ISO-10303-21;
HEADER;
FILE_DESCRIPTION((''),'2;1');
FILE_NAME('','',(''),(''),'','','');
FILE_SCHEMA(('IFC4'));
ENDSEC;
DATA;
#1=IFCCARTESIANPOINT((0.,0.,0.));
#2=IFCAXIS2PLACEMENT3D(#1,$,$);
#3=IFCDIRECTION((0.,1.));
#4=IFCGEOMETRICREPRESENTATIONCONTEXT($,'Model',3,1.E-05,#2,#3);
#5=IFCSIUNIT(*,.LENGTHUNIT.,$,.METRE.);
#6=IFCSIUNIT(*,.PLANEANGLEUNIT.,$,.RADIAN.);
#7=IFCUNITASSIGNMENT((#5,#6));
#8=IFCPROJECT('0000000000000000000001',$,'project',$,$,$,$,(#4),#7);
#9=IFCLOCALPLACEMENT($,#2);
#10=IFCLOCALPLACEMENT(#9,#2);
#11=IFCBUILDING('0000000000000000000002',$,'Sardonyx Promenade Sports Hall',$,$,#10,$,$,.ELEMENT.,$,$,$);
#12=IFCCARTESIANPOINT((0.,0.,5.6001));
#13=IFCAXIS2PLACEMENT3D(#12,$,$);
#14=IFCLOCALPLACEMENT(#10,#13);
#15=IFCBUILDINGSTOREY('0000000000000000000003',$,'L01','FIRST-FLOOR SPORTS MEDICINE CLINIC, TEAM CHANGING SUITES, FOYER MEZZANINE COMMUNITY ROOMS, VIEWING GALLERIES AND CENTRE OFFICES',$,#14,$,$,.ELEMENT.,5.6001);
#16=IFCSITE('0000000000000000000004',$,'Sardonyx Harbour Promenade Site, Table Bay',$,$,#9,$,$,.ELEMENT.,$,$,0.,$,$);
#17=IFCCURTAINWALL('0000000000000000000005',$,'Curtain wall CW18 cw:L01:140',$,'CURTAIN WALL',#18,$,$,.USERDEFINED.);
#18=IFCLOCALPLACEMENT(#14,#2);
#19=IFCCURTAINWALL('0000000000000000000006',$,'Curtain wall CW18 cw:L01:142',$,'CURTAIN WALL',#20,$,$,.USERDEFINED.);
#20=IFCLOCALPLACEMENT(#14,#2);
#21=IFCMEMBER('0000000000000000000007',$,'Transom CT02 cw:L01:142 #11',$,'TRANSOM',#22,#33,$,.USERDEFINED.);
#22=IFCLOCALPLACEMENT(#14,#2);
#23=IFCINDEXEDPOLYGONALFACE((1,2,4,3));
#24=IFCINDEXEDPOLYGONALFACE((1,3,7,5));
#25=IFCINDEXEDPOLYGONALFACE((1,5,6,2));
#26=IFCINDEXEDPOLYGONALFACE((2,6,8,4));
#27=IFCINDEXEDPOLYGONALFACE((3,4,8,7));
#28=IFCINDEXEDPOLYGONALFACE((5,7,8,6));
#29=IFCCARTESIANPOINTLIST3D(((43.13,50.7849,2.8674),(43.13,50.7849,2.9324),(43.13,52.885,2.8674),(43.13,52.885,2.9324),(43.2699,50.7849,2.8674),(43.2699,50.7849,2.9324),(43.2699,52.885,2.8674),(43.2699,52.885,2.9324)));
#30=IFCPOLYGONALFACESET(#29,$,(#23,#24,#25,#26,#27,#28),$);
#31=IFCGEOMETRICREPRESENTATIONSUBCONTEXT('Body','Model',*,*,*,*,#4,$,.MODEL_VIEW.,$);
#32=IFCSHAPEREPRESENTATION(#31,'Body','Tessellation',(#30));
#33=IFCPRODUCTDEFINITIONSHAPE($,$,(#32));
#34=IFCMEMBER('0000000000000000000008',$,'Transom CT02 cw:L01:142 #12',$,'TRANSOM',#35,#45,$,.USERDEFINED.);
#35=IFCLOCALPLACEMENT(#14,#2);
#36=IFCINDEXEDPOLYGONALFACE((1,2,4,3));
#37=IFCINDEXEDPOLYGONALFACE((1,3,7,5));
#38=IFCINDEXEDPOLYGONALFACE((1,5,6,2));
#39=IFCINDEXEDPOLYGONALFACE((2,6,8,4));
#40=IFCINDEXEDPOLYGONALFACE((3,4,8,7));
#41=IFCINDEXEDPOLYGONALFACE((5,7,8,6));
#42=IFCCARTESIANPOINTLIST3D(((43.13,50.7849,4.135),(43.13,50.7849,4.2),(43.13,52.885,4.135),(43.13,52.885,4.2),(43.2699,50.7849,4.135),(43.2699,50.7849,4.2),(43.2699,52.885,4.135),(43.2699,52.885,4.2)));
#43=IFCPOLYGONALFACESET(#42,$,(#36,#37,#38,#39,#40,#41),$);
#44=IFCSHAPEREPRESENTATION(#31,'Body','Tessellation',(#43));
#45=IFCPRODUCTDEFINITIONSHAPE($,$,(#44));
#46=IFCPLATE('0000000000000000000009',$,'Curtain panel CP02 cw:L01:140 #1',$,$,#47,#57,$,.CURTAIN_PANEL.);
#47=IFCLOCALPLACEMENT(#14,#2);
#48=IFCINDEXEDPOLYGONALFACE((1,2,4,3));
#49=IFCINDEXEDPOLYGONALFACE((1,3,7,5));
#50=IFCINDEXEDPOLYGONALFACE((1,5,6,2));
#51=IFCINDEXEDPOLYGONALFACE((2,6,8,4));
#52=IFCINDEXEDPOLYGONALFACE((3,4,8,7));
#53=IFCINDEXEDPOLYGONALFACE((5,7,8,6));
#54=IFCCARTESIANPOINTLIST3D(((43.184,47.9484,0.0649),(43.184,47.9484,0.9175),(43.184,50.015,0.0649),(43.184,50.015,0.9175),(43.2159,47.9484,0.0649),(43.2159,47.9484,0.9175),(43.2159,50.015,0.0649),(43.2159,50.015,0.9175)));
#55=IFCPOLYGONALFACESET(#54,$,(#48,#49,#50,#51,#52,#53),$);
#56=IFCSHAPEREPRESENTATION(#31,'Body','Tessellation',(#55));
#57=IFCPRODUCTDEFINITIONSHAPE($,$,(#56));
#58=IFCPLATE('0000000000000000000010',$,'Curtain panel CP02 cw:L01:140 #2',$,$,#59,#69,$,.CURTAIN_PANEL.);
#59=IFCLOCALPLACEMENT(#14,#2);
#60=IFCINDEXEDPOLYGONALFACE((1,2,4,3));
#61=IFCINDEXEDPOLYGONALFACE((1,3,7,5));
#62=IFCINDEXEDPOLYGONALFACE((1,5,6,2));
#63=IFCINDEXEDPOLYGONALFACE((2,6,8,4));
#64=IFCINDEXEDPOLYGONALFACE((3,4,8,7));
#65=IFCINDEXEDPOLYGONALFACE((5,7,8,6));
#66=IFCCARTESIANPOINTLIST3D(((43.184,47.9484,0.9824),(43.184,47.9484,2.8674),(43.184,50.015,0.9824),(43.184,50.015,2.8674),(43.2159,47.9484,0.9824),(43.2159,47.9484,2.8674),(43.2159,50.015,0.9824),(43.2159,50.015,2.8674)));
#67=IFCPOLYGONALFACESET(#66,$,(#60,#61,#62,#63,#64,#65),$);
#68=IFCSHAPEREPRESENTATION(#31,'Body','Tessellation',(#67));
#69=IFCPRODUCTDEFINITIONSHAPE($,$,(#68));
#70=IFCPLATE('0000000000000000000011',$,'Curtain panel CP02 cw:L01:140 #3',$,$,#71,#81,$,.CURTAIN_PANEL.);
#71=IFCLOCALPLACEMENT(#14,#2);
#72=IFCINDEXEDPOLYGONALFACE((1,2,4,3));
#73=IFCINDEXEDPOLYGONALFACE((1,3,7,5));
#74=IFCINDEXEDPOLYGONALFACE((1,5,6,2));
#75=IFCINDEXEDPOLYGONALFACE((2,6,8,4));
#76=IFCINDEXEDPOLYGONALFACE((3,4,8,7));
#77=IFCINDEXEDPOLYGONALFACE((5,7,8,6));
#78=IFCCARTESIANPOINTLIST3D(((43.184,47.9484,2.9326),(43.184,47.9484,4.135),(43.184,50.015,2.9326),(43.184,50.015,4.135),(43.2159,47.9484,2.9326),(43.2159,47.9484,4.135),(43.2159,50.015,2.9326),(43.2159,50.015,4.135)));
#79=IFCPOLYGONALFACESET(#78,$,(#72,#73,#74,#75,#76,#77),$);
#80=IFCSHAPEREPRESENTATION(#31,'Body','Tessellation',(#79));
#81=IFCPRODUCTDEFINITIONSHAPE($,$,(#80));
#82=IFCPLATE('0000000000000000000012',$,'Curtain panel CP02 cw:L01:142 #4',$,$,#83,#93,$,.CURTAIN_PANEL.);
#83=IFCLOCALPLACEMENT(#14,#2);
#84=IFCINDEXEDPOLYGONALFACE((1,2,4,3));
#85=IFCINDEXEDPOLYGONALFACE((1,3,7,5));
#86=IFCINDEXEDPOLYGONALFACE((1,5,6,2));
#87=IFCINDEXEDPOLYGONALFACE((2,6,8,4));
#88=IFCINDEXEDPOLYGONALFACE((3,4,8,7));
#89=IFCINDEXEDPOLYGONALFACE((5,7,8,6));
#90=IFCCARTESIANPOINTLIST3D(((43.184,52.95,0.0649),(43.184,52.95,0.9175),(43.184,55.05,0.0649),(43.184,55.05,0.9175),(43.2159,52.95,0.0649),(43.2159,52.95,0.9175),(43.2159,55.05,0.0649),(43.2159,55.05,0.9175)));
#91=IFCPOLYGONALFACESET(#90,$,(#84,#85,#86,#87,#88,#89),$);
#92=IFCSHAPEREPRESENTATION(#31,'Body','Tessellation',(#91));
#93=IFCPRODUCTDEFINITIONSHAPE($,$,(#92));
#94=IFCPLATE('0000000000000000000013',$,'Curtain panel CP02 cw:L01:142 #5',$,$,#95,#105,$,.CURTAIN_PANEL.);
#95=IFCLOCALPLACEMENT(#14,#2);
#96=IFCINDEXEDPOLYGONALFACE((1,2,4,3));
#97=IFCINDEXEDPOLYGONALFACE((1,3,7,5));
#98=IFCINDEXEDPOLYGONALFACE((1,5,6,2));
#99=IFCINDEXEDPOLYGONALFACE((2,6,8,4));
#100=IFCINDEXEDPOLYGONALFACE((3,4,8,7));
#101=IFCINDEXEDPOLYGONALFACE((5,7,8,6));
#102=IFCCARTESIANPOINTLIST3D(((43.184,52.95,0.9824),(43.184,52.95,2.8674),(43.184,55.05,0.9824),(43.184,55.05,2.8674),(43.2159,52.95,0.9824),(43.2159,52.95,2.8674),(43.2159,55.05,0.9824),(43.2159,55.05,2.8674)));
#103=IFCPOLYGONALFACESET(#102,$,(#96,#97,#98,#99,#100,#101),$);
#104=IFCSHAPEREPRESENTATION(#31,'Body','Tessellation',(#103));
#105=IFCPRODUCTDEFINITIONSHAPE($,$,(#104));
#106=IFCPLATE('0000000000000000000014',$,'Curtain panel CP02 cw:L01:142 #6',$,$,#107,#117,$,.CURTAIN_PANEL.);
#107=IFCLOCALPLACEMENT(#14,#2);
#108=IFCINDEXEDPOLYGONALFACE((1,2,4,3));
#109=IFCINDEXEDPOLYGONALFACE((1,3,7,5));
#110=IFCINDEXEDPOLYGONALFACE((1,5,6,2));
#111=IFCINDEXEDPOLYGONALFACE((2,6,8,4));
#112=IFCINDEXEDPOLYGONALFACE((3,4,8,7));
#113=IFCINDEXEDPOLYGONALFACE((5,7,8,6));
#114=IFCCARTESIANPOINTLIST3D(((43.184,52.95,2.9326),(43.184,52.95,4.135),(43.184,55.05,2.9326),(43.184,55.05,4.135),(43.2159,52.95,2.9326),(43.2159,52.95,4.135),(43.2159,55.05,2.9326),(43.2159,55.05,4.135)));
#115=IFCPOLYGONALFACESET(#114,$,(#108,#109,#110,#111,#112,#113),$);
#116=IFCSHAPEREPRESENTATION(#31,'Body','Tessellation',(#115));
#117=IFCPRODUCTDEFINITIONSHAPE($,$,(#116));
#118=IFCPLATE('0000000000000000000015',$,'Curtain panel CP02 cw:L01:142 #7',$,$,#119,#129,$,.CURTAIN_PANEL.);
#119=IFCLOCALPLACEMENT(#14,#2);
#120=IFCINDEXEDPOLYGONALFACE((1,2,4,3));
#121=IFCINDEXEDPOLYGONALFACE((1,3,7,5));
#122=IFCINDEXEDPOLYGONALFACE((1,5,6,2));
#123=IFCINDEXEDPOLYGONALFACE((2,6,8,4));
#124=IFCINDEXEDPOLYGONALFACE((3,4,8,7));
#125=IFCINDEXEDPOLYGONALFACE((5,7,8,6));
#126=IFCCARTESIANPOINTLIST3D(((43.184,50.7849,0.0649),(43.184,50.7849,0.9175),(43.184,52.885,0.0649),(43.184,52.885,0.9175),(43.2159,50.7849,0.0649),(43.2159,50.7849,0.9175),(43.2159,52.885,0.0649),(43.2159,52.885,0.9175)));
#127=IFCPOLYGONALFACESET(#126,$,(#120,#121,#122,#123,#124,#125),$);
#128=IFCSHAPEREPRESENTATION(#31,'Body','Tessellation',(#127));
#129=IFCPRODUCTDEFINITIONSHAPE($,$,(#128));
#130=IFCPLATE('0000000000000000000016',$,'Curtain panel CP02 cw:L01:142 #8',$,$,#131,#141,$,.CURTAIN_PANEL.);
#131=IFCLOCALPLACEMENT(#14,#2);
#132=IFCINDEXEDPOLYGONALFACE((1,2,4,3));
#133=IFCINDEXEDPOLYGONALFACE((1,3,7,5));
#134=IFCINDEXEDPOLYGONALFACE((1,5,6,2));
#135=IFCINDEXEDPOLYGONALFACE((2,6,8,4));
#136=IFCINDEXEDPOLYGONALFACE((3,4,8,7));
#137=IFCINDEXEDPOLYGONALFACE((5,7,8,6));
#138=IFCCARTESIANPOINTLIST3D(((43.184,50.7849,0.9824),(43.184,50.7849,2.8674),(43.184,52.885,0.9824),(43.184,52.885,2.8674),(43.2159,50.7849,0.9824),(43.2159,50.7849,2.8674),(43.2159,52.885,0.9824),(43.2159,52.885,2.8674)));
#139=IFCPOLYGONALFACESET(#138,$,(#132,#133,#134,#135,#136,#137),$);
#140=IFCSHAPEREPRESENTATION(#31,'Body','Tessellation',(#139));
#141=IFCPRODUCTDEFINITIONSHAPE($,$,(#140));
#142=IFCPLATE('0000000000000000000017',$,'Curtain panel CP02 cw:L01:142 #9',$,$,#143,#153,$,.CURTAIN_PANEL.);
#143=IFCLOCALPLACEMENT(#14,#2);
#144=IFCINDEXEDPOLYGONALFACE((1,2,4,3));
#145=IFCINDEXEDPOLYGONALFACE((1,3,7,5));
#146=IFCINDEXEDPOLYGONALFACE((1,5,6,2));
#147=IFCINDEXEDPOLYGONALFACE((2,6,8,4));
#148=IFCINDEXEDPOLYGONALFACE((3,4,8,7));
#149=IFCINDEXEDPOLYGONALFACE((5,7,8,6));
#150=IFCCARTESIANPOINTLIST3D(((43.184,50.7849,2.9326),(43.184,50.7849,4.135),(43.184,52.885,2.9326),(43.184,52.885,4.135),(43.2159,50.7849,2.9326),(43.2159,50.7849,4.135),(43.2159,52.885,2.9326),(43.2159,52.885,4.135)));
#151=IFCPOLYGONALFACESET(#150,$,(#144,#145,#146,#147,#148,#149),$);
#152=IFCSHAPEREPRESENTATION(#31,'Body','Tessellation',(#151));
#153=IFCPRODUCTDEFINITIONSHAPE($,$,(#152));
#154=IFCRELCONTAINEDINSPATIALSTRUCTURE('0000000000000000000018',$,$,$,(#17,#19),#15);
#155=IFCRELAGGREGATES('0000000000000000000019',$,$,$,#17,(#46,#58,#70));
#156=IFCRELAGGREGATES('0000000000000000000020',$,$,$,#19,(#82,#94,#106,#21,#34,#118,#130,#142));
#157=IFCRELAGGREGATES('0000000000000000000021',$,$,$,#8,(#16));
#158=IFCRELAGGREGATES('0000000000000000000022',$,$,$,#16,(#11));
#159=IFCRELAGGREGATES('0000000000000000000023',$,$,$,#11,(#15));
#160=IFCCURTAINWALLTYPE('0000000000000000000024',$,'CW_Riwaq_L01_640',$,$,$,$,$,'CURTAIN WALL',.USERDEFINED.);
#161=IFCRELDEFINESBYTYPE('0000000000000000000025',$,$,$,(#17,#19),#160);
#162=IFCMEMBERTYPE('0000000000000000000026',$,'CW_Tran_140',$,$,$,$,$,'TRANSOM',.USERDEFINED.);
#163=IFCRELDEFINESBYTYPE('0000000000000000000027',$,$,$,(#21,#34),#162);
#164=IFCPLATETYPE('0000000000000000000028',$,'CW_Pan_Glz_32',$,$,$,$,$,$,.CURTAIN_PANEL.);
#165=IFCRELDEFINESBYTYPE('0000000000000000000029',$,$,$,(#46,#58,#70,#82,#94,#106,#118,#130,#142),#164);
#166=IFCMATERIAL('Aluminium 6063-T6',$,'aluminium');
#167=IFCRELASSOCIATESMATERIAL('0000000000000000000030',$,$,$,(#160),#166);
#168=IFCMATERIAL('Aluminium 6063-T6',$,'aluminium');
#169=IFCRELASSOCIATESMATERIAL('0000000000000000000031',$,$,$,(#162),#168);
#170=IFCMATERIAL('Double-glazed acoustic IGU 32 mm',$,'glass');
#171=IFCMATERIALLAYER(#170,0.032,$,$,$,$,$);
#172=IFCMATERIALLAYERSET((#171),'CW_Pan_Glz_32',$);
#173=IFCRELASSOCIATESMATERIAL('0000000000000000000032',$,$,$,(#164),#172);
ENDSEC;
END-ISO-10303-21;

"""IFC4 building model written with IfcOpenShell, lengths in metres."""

from ifc_helpers import new_model, si_unit, direction, frame, origin, origin_2d, place, context, subcontext, project, spatial, rectangle, extrude, material, layer, layer_set, material_profile, profile_set, type_object, element, aggregate, save


model = new_model("IFC4")

# Units and contexts
model_context = context("Model", 3, precision=1e-05, world=origin(), true_north=direction((0.0, 1.0)))
body_context = subcontext(model_context, "Body", "Model", "MODEL_VIEW")
ifc_project = project(units=[si_unit("LENGTHUNIT", "METRE"), si_unit("PLANEANGLEUNIT", "RADIAN")], contexts=[model_context])

# Site, building, storey
site_placement = place(None, origin())
site = spatial("IfcSite", under=ifc_project, at=site_placement, Name="Sardonyx Harbour Promenade Site, Table Bay", CompositionType="ELEMENT", RefElevation=0.0)
building_placement = place(site_placement, origin())
building = spatial("IfcBuilding", under=site, at=building_placement, Name="Sardonyx Promenade Sports Hall", CompositionType="ELEMENT")
storey_placement = place(building_placement, frame((0.0, 0.0, 5.6001)))
storey = spatial("IfcBuildingStorey", under=building, at=storey_placement, Name="L01", Description="FIRST-FLOOR SPORTS MEDICINE CLINIC, TEAM CHANGING SUITES, FOYER MEZZANINE COMMUNITY ROOMS, VIEWING GALLERIES AND CENTRE OFFICES", CompositionType="ELEMENT", Elevation=5.6001)

# Curtain walls
ifc_material_1 = material(Name="Aluminium 6063-T6", Category="aluminium")
curtain_wall_type = type_object("IfcCurtainWallType", Name="CW_Riwaq_L01_640", ElementType="CURTAIN WALL", PredefinedType="USERDEFINED", material=ifc_material_1)
curtain_wall_1_placement = place(storey_placement, origin())
curtain_wall_1 = element("IfcCurtainWall", 1, at=curtain_wall_1_placement, inside=storey, type_object=curtain_wall_type, Name="Curtain wall CW18 cw:L01:140", ObjectType="CURTAIN WALL", PredefinedType="USERDEFINED")
curtain_wall_2_placement = place(storey_placement, origin())
curtain_wall_2 = element("IfcCurtainWall", 2, at=curtain_wall_2_placement, inside=storey, type_object=curtain_wall_type, Name="Curtain wall CW18 cw:L01:142", ObjectType="CURTAIN WALL", PredefinedType="USERDEFINED")

# Members
ifc_material_2 = material(Name="Aluminium 6063-T6", Category="aluminium")
ifc_material_profile_1 = material_profile(ifc_material_2, rectangle(XDim=0.0649, YDim=0.1399, at=origin_2d()))
ifc_profile_set_1 = profile_set([ifc_material_profile_1], Name="Aluminium 6063-T6")
member_type_1 = type_object("IfcMemberType", Name="CW_Tran_140", ElementType="TRANSOM", PredefinedType="USERDEFINED", material=ifc_profile_set_1)
member_1_placement = place(storey_placement, frame((43.2, 52.885, 2.8999), z_axis=(0.0, -1.0, 0.0), x_axis=(0.0, 0.0, 1.0)))
member_1 = element("IfcMember", 3, at=member_1_placement, type_object=member_type_1, Name="Transom CT02 cw:L01:142 #11", ObjectType="TRANSOM", PredefinedType="USERDEFINED", context=body_context, shape_type="SweptSolid", body=[
    extrude(rectangle(XDim=0.0649, YDim=0.1399, at=origin_2d()), origin(), (0.0, 0.0, 1.0), 2.1001),
])
member_2_placement = place(storey_placement, frame((43.2, 52.885, 4.1675), z_axis=(0.0, -1.0, 0.0), x_axis=(0.0, 0.0, 1.0)))
member_2 = element("IfcMember", 4, at=member_2_placement, type_object=member_type_1, Name="Transom CT02 cw:L01:142 #12", ObjectType="TRANSOM", PredefinedType="USERDEFINED", context=body_context, shape_type="SweptSolid", body=[
    extrude(rectangle(XDim=0.0649, YDim=0.1399, at=origin_2d()), origin(), (0.0, 0.0, 1.0), 2.1001),
])

# Plates
ifc_material_3 = material(Name="Double-glazed acoustic IGU 32 mm", Category="glass")
ifc_layer = layer(ifc_material_3, 0.032)
ifc_layer_set = layer_set([ifc_layer], Name="CW_Pan_Glz_32")
plate_type = type_object("IfcPlateType", Name="CW_Pan_Glz_32", PredefinedType="CURTAIN_PANEL", material=ifc_layer_set)
plate_1_placement = place(storey_placement, frame((43.2, 48.9817, 0.0649), z_axis=(0.0, 0.0, 1.0), x_axis=(0.0, -1.0, 0.0)))
plate_1 = element("IfcPlate", 5, at=plate_1_placement, type_object=plate_type, Name="Curtain panel CP02 cw:L01:140 #1", PredefinedType="CURTAIN_PANEL", context=body_context, shape_type="SweptSolid", body=[
    extrude(rectangle(XDim=2.0667, YDim=0.032, at=origin_2d()), origin(), (0.0, 0.0, 1.0), 0.8525),
])
plate_2_placement = place(storey_placement, frame((43.2, 48.9817, 0.9824), z_axis=(0.0, 0.0, 1.0), x_axis=(0.0, -1.0, 0.0)))
plate_2 = element("IfcPlate", 6, at=plate_2_placement, type_object=plate_type, Name="Curtain panel CP02 cw:L01:140 #2", PredefinedType="CURTAIN_PANEL", context=body_context, shape_type="SweptSolid", body=[
    extrude(rectangle(XDim=2.0667, YDim=0.032, at=origin_2d()), origin(), (0.0, 0.0, 1.0), 1.885),
])
plate_3_placement = place(storey_placement, frame((43.2, 48.9817, 2.9326), z_axis=(0.0, 0.0, 1.0), x_axis=(0.0, -1.0, 0.0)))
plate_3 = element("IfcPlate", 7, at=plate_3_placement, type_object=plate_type, Name="Curtain panel CP02 cw:L01:140 #3", PredefinedType="CURTAIN_PANEL", context=body_context, shape_type="SweptSolid", body=[
    extrude(rectangle(XDim=2.0667, YDim=0.032, at=origin_2d()), origin(), (0.0, 0.0, 1.0), 1.2024),
])
aggregate(curtain_wall_1, [plate_1, plate_2, plate_3])
plate_4_placement = place(storey_placement, frame((43.2, 54.0, 0.0649), z_axis=(0.0, 0.0, 1.0), x_axis=(0.0, -1.0, 0.0)))
plate_4 = element("IfcPlate", 8, at=plate_4_placement, type_object=plate_type, Name="Curtain panel CP02 cw:L01:142 #4", PredefinedType="CURTAIN_PANEL", context=body_context, shape_type="SweptSolid", body=[
    extrude(rectangle(XDim=2.1001, YDim=0.032, at=origin_2d()), origin(), (0.0, 0.0, 1.0), 0.8525),
])
plate_5_placement = place(storey_placement, frame((43.2, 54.0, 0.9824), z_axis=(0.0, 0.0, 1.0), x_axis=(0.0, -1.0, 0.0)))
plate_5 = element("IfcPlate", 9, at=plate_5_placement, type_object=plate_type, Name="Curtain panel CP02 cw:L01:142 #5", PredefinedType="CURTAIN_PANEL", context=body_context, shape_type="SweptSolid", body=[
    extrude(rectangle(XDim=2.1001, YDim=0.032, at=origin_2d()), origin(), (0.0, 0.0, 1.0), 1.885),
])
plate_6_placement = place(storey_placement, frame((43.2, 54.0, 2.9326), z_axis=(0.0, 0.0, 1.0), x_axis=(0.0, -1.0, 0.0)))
plate_6 = element("IfcPlate", 10, at=plate_6_placement, type_object=plate_type, Name="Curtain panel CP02 cw:L01:142 #6", PredefinedType="CURTAIN_PANEL", context=body_context, shape_type="SweptSolid", body=[
    extrude(rectangle(XDim=2.1001, YDim=0.032, at=origin_2d()), origin(), (0.0, 0.0, 1.0), 1.2024),
])
plate_7_placement = place(storey_placement, frame((43.2, 51.835, 0.0649), z_axis=(0.0, 0.0, 1.0), x_axis=(0.0, -1.0, 0.0)))
plate_7 = element("IfcPlate", 11, at=plate_7_placement, type_object=plate_type, Name="Curtain panel CP02 cw:L01:142 #7", PredefinedType="CURTAIN_PANEL", context=body_context, shape_type="SweptSolid", body=[
    extrude(rectangle(XDim=2.1001, YDim=0.032, at=origin_2d()), origin(), (0.0, 0.0, 1.0), 0.8525),
])
plate_8_placement = place(storey_placement, frame((43.2, 51.835, 0.9824), z_axis=(0.0, 0.0, 1.0), x_axis=(0.0, -1.0, 0.0)))
plate_8 = element("IfcPlate", 12, at=plate_8_placement, type_object=plate_type, Name="Curtain panel CP02 cw:L01:142 #8", PredefinedType="CURTAIN_PANEL", context=body_context, shape_type="SweptSolid", body=[
    extrude(rectangle(XDim=2.1001, YDim=0.032, at=origin_2d()), origin(), (0.0, 0.0, 1.0), 1.885),
])
plate_9_placement = place(storey_placement, frame((43.2, 51.835, 2.9326), z_axis=(0.0, 0.0, 1.0), x_axis=(0.0, -1.0, 0.0)))
plate_9 = element("IfcPlate", 13, at=plate_9_placement, type_object=plate_type, Name="Curtain panel CP02 cw:L01:142 #9", PredefinedType="CURTAIN_PANEL", context=body_context, shape_type="SweptSolid", body=[
    extrude(rectangle(XDim=2.1001, YDim=0.032, at=origin_2d()), origin(), (0.0, 0.0, 1.0), 1.2024),
])
aggregate(curtain_wall_2, [plate_4, plate_5, plate_6, member_1, member_2, plate_7, plate_8, plate_9])

save(model, "model.ifc")
